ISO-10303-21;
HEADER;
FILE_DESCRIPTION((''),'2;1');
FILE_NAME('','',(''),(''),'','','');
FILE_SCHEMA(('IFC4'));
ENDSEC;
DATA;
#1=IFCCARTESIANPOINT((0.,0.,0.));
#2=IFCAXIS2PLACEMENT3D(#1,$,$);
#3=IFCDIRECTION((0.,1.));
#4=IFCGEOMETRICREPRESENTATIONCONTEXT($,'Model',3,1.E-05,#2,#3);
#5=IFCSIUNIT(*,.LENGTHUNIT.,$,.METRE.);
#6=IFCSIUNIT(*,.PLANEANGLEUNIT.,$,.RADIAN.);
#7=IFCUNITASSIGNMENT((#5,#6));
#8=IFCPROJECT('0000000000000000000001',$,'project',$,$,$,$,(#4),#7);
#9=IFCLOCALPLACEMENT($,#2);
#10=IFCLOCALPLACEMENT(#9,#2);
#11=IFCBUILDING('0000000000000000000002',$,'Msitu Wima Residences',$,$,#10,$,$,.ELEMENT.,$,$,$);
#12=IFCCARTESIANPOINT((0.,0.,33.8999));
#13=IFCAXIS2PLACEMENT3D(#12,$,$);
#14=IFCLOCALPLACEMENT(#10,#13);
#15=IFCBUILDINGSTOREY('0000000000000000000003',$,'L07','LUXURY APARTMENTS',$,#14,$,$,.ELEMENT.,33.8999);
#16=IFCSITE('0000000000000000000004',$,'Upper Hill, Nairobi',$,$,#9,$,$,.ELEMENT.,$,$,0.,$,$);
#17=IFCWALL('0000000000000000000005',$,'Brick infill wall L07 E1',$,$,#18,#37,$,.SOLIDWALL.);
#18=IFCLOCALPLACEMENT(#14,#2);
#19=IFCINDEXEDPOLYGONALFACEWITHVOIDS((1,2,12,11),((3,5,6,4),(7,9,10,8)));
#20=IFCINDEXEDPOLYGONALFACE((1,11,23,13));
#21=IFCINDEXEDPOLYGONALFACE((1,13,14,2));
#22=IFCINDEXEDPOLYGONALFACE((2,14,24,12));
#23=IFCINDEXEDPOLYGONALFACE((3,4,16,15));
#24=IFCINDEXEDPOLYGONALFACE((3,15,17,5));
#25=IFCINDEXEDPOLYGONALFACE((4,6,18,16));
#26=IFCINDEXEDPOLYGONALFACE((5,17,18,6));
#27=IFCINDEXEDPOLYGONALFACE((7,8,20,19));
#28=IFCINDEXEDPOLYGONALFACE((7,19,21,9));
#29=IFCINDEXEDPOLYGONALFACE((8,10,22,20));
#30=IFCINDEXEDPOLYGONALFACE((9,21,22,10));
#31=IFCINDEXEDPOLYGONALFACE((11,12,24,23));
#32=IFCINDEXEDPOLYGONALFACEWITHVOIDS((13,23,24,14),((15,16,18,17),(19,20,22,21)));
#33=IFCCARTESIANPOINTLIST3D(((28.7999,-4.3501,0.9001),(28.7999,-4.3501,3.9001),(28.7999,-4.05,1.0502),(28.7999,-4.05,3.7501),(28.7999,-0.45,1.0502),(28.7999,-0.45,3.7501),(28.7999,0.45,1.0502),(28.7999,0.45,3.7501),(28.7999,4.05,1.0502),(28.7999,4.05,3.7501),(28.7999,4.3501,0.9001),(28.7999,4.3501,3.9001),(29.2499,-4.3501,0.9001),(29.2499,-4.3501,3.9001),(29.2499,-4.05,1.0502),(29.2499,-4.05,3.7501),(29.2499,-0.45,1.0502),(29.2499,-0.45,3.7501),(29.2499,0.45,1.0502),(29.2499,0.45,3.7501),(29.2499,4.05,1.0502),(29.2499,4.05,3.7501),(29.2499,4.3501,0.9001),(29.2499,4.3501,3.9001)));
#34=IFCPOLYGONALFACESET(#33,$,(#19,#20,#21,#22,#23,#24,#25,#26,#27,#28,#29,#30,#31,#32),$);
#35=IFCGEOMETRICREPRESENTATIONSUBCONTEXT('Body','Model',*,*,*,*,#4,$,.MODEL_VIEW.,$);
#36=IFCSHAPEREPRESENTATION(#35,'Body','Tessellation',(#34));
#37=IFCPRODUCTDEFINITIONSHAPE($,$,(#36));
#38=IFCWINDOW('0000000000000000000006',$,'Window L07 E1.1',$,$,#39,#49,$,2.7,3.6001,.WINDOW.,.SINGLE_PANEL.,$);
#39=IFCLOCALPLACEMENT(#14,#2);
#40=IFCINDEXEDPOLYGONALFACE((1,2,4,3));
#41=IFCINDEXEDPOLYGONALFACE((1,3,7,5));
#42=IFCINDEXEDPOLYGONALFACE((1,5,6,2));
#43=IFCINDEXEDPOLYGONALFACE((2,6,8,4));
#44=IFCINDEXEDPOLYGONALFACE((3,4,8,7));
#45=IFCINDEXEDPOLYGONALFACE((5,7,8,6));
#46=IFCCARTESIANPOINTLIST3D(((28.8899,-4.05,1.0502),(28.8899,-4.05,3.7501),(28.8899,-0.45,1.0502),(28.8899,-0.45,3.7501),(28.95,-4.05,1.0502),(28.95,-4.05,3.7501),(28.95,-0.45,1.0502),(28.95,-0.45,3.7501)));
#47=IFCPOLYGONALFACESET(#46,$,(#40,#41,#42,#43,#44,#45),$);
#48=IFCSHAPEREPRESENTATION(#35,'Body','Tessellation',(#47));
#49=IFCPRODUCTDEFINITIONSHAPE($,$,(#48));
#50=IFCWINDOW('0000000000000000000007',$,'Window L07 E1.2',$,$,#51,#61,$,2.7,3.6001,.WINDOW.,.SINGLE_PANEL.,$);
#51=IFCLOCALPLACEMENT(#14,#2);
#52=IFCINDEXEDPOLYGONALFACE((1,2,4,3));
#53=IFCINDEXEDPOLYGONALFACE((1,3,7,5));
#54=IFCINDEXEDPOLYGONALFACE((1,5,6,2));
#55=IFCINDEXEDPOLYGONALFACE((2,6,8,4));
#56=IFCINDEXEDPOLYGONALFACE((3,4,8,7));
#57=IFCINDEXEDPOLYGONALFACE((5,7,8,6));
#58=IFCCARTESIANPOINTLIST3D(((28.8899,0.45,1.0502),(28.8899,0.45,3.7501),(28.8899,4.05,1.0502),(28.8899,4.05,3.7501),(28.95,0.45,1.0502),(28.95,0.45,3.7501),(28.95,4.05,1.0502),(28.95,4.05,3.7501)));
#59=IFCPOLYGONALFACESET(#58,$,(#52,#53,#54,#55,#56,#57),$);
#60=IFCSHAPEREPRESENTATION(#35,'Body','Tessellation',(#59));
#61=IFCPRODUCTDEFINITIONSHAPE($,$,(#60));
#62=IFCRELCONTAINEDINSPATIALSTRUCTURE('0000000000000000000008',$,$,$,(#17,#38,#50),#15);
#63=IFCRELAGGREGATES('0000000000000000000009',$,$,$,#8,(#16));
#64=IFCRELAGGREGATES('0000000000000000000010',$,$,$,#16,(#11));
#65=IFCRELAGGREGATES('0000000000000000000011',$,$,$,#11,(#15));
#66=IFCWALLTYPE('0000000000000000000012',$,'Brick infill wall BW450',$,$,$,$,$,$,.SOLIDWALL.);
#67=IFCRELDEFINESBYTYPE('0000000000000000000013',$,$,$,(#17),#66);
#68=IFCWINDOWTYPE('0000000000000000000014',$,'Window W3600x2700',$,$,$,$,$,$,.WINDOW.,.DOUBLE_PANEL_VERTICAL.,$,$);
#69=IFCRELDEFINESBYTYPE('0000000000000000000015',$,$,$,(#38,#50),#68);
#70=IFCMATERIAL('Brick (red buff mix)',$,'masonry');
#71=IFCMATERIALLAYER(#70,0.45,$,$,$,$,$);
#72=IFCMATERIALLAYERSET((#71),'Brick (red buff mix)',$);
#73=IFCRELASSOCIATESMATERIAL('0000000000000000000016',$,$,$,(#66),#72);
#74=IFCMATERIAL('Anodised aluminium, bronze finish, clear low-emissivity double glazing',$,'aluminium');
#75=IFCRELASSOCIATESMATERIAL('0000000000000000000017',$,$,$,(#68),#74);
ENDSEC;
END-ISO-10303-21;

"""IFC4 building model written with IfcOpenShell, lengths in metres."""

from ifc_helpers import new_model, si_unit, direction, frame, frame_2d, origin, place, context, subcontext, project, spatial, rectangle, extrude, material, layer, layer_set, type_object, element, fill, save


model = new_model("IFC4")

# Units and contexts
model_context = context("Model", 3, precision=1e-05, world=origin(), true_north=direction((0.0, 1.0)))
body_context = subcontext(model_context, "Body", "Model", "MODEL_VIEW")
ifc_project = project(units=[si_unit("LENGTHUNIT", "METRE"), si_unit("PLANEANGLEUNIT", "RADIAN")], contexts=[model_context])

# Site, building, storey
site_placement = place(None, origin())
site = spatial("IfcSite", under=ifc_project, at=site_placement, Name="Upper Hill, Nairobi", CompositionType="ELEMENT", RefElevation=0.0)
building_placement = place(site_placement, origin())
building = spatial("IfcBuilding", under=site, at=building_placement, Name="Msitu Wima Residences", CompositionType="ELEMENT")
storey_placement = place(building_placement, frame((0.0, 0.0, 33.8999)))
storey = spatial("IfcBuildingStorey", under=building, at=storey_placement, Name="L07", Description="LUXURY APARTMENTS", CompositionType="ELEMENT", Elevation=33.8999)

# Shared definitions
ifc_material_1 = material(Name="Brick (red buff mix)", Category="masonry")
ifc_layer_1 = layer(ifc_material_1, 0.45)
ifc_layer_set_1 = layer_set([ifc_layer_1], Name="Brick (red buff mix)")
wall_type_1 = type_object("IfcWallType", Name="Brick infill wall BW450", PredefinedType="SOLIDWALL", material=ifc_layer_set_1)
ifc_material_2 = material(Name="Anodised aluminium, bronze finish, clear low-emissivity double glazing", Category="aluminium")
window_type = type_object("IfcWindowType", Name="Window W3600x2700", PartitioningType="DOUBLE_PANEL_VERTICAL", PredefinedType="WINDOW", material=ifc_material_2)

# Wall, openings, windows
wall_1_placement = place(storey_placement, frame((29.0249, -4.3501, 0.9001), z_axis=(0.0, 0.0, 1.0), x_axis=(0.0, 1.0, 0.0)))
wall_1 = element("IfcWall", 1, at=wall_1_placement, inside=storey, type_object=wall_type_1, Name="Brick infill wall L07 E1", PredefinedType="SOLIDWALL", context=body_context, shape_type="SweptSolid", body=[
    extrude(rectangle(XDim=8.7002, YDim=0.45, at=frame_2d((4.3501, 0.0))), origin(), (0.0, 0.0, 1.0), 3.0),
])
opening_1_placement = place(wall_1_placement, frame((0.3, 0.0, 0.1499)))
opening_1 = element("IfcOpeningElement", 2, at=opening_1_placement, cuts=wall_1, PredefinedType="OPENING", context=body_context, shape_type="SweptSolid", body=[
    extrude(rectangle(XDim=3.6001, YDim=2.7, at=frame_2d((1.8, 1.3501))), frame((0.0, 0.2349, 0.0), z_axis=(0.0, -1.0, 0.0), x_axis=(1.0, 0.0, 0.0)), (0.0, 0.0, 1.0), 0.47),
])
opening_2_placement = place(wall_1_placement, frame((4.8, 0.0, 0.1499)))
opening_2 = element("IfcOpeningElement", 3, at=opening_2_placement, cuts=wall_1, PredefinedType="OPENING", context=body_context, shape_type="SweptSolid", body=[
    extrude(rectangle(XDim=3.6001, YDim=2.7, at=frame_2d((1.8, 1.3501))), frame((0.0, 0.2349, 0.0), z_axis=(0.0, -1.0, 0.0), x_axis=(1.0, 0.0, 0.0)), (0.0, 0.0, 1.0), 0.47),
])
window_1_placement = place(opening_1_placement, origin())
window_1 = element("IfcWindow", 4, at=window_1_placement, inside=storey, type_object=window_type, Name="Window L07 E1.1", OverallHeight=2.7, OverallWidth=3.6001, PartitioningType="SINGLE_PANEL", PredefinedType="WINDOW", context=body_context, shape_type="SweptSolid", body=[
    extrude(rectangle(XDim=3.6001, YDim=2.7, at=frame_2d((1.8, 1.3501))), frame((0.0, 0.135, 0.0), z_axis=(0.0, -1.0, 0.0), x_axis=(1.0, 0.0, 0.0)), (0.0, 0.0, 1.0), 0.0601),
])
fill(opening_1, window_1)
window_2_placement = place(opening_2_placement, origin())
window_2 = element("IfcWindow", 5, at=window_2_placement, inside=storey, type_object=window_type, Name="Window L07 E1.2", OverallHeight=2.7, OverallWidth=3.6001, PartitioningType="SINGLE_PANEL", PredefinedType="WINDOW", context=body_context, shape_type="SweptSolid", body=[
    extrude(rectangle(XDim=3.6001, YDim=2.7, at=frame_2d((1.8, 1.3501))), frame((0.0, 0.135, 0.0), z_axis=(0.0, -1.0, 0.0), x_axis=(1.0, 0.0, 0.0)), (0.0, 0.0, 1.0), 0.0601),
])
fill(opening_2, window_2)

save(model, "model.ifc")
